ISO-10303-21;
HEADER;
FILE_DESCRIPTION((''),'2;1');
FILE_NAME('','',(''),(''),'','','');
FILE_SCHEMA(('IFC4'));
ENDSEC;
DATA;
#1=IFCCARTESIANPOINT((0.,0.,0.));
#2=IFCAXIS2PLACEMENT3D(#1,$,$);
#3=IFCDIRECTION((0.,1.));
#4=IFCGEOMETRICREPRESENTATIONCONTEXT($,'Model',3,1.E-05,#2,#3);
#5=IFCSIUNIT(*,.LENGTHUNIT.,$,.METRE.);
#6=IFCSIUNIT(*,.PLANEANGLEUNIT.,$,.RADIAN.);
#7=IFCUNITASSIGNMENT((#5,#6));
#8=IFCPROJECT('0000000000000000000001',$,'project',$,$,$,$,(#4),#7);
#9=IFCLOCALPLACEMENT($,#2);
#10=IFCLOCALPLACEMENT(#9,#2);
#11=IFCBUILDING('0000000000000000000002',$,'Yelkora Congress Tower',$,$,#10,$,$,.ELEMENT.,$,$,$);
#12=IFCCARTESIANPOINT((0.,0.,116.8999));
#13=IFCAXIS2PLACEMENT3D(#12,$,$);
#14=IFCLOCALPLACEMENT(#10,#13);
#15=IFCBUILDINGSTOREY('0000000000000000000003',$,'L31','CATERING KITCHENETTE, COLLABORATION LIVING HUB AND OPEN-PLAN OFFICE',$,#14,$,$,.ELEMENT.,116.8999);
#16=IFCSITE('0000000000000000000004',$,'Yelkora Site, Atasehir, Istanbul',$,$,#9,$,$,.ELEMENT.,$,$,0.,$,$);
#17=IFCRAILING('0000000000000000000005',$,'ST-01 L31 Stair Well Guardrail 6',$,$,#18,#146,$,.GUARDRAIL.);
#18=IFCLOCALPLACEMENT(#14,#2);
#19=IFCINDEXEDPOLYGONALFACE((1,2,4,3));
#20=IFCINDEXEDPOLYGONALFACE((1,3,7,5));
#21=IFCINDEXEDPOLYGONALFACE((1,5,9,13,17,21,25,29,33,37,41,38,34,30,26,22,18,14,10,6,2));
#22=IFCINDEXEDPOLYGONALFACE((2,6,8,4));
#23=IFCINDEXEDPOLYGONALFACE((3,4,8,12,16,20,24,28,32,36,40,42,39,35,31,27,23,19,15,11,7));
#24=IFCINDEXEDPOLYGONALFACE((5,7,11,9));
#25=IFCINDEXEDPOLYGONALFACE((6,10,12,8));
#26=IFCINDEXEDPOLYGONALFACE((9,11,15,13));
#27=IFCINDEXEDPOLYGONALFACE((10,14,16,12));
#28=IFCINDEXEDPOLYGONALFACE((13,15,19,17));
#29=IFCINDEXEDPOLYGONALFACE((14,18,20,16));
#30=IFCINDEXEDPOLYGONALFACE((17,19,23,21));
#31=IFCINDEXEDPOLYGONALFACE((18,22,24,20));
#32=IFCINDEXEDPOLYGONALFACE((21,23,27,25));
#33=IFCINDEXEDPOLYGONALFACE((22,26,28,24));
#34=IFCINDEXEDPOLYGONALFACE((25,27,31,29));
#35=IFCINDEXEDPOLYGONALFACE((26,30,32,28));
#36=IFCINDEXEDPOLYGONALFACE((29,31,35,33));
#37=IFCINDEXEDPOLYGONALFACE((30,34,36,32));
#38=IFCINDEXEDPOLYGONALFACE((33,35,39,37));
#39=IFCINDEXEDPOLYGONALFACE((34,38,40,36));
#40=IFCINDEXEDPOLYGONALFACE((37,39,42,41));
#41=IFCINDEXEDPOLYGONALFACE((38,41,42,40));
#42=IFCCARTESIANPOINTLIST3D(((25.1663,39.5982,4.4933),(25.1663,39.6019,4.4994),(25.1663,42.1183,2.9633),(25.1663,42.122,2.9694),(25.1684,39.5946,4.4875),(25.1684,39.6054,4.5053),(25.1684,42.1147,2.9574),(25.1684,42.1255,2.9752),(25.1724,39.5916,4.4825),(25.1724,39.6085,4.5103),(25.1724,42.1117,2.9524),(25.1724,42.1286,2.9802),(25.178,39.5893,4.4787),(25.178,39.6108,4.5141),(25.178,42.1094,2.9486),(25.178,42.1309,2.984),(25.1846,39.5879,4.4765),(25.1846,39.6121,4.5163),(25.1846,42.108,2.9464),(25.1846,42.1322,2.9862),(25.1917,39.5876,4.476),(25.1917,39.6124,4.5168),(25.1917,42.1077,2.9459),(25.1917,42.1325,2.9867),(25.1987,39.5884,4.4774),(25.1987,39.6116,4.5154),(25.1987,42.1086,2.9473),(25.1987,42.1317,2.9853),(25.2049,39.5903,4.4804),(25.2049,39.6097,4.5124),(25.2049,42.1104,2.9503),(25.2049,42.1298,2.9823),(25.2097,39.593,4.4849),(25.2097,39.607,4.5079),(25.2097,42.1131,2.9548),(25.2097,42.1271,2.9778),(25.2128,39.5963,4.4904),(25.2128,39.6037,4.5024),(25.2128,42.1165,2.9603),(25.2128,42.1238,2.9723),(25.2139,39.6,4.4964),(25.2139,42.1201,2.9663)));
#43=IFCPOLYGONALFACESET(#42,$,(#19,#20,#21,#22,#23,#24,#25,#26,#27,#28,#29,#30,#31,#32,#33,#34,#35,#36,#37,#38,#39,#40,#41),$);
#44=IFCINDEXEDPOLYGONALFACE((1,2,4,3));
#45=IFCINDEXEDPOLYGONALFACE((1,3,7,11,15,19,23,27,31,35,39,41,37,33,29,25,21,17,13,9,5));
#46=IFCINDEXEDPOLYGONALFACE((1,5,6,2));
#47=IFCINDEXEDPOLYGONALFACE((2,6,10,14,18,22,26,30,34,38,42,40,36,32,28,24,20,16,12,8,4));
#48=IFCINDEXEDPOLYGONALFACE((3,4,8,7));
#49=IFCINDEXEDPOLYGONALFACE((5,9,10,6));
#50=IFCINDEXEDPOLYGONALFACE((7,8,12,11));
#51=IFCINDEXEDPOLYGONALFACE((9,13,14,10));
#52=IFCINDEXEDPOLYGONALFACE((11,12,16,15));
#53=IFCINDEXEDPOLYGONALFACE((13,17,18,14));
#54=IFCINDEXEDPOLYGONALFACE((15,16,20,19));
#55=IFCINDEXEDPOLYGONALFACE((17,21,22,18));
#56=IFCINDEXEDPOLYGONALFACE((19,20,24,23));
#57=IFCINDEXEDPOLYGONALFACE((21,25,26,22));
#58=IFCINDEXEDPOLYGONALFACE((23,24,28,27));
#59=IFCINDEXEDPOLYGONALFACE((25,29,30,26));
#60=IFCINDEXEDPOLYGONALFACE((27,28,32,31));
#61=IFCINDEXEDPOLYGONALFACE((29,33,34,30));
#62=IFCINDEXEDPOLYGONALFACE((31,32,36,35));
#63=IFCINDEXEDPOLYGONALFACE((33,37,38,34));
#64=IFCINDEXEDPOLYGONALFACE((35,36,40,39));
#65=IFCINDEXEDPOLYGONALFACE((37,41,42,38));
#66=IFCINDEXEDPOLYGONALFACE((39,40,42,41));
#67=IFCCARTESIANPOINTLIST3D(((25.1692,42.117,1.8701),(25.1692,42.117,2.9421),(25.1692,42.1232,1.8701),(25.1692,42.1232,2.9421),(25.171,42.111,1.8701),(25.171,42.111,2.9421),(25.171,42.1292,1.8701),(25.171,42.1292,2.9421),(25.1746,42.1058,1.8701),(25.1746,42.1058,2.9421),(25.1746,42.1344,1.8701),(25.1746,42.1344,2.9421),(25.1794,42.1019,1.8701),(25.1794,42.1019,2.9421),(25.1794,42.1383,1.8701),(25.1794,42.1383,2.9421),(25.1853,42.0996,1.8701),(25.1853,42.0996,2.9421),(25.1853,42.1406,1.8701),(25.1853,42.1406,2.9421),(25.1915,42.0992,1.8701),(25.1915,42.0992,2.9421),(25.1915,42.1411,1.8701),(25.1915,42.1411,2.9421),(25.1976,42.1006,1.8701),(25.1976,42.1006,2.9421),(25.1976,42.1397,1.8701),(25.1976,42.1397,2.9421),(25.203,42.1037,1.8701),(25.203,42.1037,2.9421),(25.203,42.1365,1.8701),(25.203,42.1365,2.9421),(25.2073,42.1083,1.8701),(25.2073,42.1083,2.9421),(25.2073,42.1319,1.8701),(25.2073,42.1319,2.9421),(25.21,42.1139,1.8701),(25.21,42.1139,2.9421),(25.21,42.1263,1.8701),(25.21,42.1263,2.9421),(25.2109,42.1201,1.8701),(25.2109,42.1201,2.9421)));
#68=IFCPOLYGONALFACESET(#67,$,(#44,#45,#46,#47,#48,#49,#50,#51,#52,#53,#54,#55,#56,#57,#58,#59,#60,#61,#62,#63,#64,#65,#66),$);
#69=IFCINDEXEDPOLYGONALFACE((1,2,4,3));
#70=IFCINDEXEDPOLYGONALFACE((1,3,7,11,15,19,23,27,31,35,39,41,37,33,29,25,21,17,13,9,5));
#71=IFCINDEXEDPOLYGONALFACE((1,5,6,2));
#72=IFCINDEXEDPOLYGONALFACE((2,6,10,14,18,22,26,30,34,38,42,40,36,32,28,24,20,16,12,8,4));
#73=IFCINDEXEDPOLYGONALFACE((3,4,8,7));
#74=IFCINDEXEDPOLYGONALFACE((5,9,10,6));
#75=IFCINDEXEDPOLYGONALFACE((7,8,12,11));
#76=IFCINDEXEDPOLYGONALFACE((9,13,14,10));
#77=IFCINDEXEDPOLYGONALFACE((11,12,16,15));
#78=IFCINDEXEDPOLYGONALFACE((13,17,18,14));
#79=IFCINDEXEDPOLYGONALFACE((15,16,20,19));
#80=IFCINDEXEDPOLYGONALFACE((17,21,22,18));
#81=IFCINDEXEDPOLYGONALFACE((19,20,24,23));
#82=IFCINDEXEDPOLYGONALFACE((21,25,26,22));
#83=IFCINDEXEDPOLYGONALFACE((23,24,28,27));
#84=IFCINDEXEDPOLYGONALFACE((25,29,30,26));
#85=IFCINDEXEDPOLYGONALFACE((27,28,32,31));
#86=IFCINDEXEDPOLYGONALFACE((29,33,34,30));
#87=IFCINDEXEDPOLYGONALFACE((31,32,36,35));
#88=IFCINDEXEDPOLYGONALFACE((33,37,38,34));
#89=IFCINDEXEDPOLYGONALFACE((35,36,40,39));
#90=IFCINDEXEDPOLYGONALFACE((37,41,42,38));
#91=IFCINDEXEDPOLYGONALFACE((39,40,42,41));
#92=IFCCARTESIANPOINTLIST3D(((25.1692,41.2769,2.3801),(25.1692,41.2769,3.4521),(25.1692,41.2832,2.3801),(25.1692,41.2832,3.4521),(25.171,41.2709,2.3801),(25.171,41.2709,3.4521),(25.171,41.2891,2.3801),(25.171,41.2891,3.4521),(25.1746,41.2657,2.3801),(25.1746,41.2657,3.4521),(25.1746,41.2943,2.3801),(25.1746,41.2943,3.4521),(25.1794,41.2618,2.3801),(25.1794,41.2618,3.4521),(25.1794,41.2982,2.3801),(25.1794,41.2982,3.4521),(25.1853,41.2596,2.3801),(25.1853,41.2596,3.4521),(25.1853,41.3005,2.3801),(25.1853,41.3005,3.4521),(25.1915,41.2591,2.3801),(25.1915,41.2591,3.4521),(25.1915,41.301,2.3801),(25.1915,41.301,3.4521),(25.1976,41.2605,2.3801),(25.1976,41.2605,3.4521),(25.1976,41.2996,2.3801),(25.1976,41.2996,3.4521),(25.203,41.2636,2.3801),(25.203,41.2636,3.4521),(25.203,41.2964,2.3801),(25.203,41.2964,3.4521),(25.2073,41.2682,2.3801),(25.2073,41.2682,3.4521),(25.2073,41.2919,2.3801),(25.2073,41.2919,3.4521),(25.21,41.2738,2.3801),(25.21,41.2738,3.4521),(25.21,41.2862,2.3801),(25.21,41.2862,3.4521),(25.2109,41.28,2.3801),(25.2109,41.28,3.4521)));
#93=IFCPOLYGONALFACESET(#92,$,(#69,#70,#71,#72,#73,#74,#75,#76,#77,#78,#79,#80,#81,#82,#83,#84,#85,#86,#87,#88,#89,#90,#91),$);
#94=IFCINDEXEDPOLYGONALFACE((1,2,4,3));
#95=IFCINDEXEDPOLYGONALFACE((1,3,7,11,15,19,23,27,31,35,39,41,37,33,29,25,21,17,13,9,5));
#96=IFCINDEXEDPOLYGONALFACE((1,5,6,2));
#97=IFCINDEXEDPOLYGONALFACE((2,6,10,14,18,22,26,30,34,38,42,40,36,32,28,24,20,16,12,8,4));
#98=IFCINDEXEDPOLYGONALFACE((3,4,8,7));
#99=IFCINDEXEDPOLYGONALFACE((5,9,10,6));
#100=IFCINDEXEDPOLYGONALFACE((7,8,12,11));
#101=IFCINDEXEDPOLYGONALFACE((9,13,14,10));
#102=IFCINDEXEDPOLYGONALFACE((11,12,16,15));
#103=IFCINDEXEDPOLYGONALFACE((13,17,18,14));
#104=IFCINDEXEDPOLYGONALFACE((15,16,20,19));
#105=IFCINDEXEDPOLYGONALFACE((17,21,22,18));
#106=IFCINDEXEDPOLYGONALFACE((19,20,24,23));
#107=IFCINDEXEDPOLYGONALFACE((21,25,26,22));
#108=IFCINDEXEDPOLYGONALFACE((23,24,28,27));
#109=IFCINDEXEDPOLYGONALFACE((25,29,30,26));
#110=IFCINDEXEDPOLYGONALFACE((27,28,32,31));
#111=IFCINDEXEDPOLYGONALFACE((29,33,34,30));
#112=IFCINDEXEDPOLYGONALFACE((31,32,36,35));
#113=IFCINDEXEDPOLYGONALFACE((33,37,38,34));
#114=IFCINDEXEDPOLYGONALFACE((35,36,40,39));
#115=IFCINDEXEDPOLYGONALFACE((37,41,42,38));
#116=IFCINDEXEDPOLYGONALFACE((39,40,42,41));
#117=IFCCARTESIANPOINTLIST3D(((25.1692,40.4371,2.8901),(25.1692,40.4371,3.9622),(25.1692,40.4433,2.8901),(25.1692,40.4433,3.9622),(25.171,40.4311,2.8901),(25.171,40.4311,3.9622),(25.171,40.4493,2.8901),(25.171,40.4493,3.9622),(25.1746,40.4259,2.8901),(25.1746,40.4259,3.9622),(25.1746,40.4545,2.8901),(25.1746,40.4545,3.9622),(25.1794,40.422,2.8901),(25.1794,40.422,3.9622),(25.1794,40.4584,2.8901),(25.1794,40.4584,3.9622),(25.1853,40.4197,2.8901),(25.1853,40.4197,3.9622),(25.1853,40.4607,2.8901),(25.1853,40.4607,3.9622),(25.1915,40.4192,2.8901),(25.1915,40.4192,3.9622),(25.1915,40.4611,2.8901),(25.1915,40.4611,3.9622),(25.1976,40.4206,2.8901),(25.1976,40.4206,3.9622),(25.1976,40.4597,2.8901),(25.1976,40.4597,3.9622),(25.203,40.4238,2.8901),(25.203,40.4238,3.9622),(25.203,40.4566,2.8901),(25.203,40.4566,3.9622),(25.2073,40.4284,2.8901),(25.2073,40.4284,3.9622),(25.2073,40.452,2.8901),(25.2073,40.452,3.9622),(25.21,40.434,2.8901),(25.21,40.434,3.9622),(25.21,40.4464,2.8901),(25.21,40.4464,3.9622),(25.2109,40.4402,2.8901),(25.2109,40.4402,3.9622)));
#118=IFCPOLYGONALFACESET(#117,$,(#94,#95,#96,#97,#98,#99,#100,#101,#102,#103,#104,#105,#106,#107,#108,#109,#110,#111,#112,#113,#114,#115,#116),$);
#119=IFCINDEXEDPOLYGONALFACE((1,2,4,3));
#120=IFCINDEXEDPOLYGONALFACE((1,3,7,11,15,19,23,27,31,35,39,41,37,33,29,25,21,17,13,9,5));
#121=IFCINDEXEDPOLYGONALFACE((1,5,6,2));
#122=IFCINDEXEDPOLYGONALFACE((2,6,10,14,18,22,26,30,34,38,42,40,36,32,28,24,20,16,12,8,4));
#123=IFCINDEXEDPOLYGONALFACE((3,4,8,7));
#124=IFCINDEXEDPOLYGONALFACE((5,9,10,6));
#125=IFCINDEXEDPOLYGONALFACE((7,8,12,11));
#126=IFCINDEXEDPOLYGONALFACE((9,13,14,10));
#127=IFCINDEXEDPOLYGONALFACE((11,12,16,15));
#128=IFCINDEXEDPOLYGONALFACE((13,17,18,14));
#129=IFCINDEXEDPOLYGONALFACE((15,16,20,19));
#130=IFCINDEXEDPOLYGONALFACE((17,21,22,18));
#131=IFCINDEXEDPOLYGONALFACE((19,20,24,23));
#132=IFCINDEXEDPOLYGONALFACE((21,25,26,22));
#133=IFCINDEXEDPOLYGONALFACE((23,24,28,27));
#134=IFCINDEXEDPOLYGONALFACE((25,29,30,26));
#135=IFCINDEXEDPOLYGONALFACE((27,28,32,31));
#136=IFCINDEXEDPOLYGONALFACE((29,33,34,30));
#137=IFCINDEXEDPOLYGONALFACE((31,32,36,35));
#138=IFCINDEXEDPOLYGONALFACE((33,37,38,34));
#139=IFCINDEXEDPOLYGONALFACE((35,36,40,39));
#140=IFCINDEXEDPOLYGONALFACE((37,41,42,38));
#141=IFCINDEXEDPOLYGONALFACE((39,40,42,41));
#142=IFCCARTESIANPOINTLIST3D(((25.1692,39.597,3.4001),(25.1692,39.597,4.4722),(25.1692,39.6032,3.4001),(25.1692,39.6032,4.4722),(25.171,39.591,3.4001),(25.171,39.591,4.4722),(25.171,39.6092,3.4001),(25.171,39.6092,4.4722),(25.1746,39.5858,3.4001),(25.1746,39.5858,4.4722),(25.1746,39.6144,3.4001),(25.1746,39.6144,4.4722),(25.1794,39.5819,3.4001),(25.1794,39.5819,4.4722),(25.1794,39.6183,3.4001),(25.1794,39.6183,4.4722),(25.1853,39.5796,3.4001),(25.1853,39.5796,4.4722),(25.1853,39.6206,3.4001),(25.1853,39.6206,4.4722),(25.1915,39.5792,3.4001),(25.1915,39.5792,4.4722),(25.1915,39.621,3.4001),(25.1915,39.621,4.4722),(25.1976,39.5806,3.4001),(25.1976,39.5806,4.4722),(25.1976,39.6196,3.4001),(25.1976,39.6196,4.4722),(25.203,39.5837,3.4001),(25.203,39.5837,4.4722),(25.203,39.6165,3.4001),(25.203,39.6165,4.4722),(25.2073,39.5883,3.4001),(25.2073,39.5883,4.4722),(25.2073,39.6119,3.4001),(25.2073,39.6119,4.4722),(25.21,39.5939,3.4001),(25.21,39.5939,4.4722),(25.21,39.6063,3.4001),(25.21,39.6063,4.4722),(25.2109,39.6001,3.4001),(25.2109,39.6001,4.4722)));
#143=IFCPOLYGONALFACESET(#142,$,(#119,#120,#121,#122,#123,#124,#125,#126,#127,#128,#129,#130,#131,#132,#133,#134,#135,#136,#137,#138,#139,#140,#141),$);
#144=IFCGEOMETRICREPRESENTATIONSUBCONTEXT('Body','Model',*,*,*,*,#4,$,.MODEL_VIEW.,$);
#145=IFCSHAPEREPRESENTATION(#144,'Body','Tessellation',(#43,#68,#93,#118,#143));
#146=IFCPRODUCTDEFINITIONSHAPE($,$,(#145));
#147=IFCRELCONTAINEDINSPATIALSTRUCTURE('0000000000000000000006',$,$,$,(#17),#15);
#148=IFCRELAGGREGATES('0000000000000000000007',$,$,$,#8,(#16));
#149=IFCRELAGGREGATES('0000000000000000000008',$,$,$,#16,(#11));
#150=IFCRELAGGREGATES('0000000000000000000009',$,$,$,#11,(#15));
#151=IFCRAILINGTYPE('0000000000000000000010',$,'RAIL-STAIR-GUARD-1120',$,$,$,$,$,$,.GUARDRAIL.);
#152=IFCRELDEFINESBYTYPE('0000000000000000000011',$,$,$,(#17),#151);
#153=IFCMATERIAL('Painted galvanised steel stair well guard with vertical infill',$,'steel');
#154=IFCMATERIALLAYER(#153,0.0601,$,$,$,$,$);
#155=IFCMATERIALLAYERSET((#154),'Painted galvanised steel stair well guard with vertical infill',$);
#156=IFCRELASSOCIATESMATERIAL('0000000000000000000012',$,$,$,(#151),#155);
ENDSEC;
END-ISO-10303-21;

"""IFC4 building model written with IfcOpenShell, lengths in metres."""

from ifc_helpers import new_model, si_unit, direction, frame, origin, origin_2d, place, context, subcontext, project, spatial, circle, extrude, material, layer, layer_set, type_object, element, save


model = new_model("IFC4")

# Units and contexts
model_context = context("Model", 3, precision=1e-05, world=origin(), true_north=direction((0.0, 1.0)))
body_context = subcontext(model_context, "Body", "Model", "MODEL_VIEW")
ifc_project = project(units=[si_unit("LENGTHUNIT", "METRE"), si_unit("PLANEANGLEUNIT", "RADIAN")], contexts=[model_context])

# Site, building, storey
site_placement = place(None, origin())
site = spatial("IfcSite", under=ifc_project, at=site_placement, Name="Yelkora Site, Atasehir, Istanbul", CompositionType="ELEMENT", RefElevation=0.0)
building_placement = place(site_placement, origin())
building = spatial("IfcBuilding", under=site, at=building_placement, Name="Yelkora Congress Tower", CompositionType="ELEMENT")
storey_placement = place(building_placement, frame((0.0, 0.0, 116.8999)))
storey = spatial("IfcBuildingStorey", under=building, at=storey_placement, Name="L31", Description="CATERING KITCHENETTE, COLLABORATION LIVING HUB AND OPEN-PLAN OFFICE", CompositionType="ELEMENT", Elevation=116.8999)

# Railing
ifc_material_1 = material(Name="Painted galvanised steel stair well guard with vertical infill", Category="steel")
ifc_layer_1 = layer(ifc_material_1, 0.0601)
ifc_layer_set_1 = layer_set([ifc_layer_1], Name="Painted galvanised steel stair well guard with vertical infill")
railing_type_1 = type_object("IfcRailingType", Name="RAIL-STAIR-GUARD-1120", PredefinedType="GUARDRAIL", material=ifc_layer_set_1)
railing_1_placement = place(storey_placement, frame((25.1899, 42.1201, 1.8701)))
element("IfcRailing", 1, at=railing_1_placement, inside=storey, type_object=railing_type_1, Name="ST-01 L31 Stair Well Guardrail 6", PredefinedType="GUARDRAIL", context=body_context, shape_type="SweptSolid", body=[
    extrude(circle(Radius=0.0239, at=origin_2d()), frame((0.0, 0.0, 1.0962), z_axis=(0.0, -0.854785, 0.518982), x_axis=(1.0, 0.0, 0.0)), (0.0, 0.0, 1.0), 2.9482),
    extrude(circle(Radius=0.021, at=origin_2d()), origin(), (0.0, 0.0, 1.0), 1.072),
    extrude(circle(Radius=0.021, at=origin_2d()), frame((0.0, -0.8401, 0.51)), (0.0, 0.0, 1.0), 1.072),
    extrude(circle(Radius=0.021, at=origin_2d()), frame((0.0, -1.6799, 1.02)), (0.0, 0.0, 1.0), 1.072),
    extrude(circle(Radius=0.021, at=origin_2d()), frame((0.0, -2.52, 1.53)), (0.0, 0.0, 1.0), 1.072),
])

save(model, "model.ifc")
